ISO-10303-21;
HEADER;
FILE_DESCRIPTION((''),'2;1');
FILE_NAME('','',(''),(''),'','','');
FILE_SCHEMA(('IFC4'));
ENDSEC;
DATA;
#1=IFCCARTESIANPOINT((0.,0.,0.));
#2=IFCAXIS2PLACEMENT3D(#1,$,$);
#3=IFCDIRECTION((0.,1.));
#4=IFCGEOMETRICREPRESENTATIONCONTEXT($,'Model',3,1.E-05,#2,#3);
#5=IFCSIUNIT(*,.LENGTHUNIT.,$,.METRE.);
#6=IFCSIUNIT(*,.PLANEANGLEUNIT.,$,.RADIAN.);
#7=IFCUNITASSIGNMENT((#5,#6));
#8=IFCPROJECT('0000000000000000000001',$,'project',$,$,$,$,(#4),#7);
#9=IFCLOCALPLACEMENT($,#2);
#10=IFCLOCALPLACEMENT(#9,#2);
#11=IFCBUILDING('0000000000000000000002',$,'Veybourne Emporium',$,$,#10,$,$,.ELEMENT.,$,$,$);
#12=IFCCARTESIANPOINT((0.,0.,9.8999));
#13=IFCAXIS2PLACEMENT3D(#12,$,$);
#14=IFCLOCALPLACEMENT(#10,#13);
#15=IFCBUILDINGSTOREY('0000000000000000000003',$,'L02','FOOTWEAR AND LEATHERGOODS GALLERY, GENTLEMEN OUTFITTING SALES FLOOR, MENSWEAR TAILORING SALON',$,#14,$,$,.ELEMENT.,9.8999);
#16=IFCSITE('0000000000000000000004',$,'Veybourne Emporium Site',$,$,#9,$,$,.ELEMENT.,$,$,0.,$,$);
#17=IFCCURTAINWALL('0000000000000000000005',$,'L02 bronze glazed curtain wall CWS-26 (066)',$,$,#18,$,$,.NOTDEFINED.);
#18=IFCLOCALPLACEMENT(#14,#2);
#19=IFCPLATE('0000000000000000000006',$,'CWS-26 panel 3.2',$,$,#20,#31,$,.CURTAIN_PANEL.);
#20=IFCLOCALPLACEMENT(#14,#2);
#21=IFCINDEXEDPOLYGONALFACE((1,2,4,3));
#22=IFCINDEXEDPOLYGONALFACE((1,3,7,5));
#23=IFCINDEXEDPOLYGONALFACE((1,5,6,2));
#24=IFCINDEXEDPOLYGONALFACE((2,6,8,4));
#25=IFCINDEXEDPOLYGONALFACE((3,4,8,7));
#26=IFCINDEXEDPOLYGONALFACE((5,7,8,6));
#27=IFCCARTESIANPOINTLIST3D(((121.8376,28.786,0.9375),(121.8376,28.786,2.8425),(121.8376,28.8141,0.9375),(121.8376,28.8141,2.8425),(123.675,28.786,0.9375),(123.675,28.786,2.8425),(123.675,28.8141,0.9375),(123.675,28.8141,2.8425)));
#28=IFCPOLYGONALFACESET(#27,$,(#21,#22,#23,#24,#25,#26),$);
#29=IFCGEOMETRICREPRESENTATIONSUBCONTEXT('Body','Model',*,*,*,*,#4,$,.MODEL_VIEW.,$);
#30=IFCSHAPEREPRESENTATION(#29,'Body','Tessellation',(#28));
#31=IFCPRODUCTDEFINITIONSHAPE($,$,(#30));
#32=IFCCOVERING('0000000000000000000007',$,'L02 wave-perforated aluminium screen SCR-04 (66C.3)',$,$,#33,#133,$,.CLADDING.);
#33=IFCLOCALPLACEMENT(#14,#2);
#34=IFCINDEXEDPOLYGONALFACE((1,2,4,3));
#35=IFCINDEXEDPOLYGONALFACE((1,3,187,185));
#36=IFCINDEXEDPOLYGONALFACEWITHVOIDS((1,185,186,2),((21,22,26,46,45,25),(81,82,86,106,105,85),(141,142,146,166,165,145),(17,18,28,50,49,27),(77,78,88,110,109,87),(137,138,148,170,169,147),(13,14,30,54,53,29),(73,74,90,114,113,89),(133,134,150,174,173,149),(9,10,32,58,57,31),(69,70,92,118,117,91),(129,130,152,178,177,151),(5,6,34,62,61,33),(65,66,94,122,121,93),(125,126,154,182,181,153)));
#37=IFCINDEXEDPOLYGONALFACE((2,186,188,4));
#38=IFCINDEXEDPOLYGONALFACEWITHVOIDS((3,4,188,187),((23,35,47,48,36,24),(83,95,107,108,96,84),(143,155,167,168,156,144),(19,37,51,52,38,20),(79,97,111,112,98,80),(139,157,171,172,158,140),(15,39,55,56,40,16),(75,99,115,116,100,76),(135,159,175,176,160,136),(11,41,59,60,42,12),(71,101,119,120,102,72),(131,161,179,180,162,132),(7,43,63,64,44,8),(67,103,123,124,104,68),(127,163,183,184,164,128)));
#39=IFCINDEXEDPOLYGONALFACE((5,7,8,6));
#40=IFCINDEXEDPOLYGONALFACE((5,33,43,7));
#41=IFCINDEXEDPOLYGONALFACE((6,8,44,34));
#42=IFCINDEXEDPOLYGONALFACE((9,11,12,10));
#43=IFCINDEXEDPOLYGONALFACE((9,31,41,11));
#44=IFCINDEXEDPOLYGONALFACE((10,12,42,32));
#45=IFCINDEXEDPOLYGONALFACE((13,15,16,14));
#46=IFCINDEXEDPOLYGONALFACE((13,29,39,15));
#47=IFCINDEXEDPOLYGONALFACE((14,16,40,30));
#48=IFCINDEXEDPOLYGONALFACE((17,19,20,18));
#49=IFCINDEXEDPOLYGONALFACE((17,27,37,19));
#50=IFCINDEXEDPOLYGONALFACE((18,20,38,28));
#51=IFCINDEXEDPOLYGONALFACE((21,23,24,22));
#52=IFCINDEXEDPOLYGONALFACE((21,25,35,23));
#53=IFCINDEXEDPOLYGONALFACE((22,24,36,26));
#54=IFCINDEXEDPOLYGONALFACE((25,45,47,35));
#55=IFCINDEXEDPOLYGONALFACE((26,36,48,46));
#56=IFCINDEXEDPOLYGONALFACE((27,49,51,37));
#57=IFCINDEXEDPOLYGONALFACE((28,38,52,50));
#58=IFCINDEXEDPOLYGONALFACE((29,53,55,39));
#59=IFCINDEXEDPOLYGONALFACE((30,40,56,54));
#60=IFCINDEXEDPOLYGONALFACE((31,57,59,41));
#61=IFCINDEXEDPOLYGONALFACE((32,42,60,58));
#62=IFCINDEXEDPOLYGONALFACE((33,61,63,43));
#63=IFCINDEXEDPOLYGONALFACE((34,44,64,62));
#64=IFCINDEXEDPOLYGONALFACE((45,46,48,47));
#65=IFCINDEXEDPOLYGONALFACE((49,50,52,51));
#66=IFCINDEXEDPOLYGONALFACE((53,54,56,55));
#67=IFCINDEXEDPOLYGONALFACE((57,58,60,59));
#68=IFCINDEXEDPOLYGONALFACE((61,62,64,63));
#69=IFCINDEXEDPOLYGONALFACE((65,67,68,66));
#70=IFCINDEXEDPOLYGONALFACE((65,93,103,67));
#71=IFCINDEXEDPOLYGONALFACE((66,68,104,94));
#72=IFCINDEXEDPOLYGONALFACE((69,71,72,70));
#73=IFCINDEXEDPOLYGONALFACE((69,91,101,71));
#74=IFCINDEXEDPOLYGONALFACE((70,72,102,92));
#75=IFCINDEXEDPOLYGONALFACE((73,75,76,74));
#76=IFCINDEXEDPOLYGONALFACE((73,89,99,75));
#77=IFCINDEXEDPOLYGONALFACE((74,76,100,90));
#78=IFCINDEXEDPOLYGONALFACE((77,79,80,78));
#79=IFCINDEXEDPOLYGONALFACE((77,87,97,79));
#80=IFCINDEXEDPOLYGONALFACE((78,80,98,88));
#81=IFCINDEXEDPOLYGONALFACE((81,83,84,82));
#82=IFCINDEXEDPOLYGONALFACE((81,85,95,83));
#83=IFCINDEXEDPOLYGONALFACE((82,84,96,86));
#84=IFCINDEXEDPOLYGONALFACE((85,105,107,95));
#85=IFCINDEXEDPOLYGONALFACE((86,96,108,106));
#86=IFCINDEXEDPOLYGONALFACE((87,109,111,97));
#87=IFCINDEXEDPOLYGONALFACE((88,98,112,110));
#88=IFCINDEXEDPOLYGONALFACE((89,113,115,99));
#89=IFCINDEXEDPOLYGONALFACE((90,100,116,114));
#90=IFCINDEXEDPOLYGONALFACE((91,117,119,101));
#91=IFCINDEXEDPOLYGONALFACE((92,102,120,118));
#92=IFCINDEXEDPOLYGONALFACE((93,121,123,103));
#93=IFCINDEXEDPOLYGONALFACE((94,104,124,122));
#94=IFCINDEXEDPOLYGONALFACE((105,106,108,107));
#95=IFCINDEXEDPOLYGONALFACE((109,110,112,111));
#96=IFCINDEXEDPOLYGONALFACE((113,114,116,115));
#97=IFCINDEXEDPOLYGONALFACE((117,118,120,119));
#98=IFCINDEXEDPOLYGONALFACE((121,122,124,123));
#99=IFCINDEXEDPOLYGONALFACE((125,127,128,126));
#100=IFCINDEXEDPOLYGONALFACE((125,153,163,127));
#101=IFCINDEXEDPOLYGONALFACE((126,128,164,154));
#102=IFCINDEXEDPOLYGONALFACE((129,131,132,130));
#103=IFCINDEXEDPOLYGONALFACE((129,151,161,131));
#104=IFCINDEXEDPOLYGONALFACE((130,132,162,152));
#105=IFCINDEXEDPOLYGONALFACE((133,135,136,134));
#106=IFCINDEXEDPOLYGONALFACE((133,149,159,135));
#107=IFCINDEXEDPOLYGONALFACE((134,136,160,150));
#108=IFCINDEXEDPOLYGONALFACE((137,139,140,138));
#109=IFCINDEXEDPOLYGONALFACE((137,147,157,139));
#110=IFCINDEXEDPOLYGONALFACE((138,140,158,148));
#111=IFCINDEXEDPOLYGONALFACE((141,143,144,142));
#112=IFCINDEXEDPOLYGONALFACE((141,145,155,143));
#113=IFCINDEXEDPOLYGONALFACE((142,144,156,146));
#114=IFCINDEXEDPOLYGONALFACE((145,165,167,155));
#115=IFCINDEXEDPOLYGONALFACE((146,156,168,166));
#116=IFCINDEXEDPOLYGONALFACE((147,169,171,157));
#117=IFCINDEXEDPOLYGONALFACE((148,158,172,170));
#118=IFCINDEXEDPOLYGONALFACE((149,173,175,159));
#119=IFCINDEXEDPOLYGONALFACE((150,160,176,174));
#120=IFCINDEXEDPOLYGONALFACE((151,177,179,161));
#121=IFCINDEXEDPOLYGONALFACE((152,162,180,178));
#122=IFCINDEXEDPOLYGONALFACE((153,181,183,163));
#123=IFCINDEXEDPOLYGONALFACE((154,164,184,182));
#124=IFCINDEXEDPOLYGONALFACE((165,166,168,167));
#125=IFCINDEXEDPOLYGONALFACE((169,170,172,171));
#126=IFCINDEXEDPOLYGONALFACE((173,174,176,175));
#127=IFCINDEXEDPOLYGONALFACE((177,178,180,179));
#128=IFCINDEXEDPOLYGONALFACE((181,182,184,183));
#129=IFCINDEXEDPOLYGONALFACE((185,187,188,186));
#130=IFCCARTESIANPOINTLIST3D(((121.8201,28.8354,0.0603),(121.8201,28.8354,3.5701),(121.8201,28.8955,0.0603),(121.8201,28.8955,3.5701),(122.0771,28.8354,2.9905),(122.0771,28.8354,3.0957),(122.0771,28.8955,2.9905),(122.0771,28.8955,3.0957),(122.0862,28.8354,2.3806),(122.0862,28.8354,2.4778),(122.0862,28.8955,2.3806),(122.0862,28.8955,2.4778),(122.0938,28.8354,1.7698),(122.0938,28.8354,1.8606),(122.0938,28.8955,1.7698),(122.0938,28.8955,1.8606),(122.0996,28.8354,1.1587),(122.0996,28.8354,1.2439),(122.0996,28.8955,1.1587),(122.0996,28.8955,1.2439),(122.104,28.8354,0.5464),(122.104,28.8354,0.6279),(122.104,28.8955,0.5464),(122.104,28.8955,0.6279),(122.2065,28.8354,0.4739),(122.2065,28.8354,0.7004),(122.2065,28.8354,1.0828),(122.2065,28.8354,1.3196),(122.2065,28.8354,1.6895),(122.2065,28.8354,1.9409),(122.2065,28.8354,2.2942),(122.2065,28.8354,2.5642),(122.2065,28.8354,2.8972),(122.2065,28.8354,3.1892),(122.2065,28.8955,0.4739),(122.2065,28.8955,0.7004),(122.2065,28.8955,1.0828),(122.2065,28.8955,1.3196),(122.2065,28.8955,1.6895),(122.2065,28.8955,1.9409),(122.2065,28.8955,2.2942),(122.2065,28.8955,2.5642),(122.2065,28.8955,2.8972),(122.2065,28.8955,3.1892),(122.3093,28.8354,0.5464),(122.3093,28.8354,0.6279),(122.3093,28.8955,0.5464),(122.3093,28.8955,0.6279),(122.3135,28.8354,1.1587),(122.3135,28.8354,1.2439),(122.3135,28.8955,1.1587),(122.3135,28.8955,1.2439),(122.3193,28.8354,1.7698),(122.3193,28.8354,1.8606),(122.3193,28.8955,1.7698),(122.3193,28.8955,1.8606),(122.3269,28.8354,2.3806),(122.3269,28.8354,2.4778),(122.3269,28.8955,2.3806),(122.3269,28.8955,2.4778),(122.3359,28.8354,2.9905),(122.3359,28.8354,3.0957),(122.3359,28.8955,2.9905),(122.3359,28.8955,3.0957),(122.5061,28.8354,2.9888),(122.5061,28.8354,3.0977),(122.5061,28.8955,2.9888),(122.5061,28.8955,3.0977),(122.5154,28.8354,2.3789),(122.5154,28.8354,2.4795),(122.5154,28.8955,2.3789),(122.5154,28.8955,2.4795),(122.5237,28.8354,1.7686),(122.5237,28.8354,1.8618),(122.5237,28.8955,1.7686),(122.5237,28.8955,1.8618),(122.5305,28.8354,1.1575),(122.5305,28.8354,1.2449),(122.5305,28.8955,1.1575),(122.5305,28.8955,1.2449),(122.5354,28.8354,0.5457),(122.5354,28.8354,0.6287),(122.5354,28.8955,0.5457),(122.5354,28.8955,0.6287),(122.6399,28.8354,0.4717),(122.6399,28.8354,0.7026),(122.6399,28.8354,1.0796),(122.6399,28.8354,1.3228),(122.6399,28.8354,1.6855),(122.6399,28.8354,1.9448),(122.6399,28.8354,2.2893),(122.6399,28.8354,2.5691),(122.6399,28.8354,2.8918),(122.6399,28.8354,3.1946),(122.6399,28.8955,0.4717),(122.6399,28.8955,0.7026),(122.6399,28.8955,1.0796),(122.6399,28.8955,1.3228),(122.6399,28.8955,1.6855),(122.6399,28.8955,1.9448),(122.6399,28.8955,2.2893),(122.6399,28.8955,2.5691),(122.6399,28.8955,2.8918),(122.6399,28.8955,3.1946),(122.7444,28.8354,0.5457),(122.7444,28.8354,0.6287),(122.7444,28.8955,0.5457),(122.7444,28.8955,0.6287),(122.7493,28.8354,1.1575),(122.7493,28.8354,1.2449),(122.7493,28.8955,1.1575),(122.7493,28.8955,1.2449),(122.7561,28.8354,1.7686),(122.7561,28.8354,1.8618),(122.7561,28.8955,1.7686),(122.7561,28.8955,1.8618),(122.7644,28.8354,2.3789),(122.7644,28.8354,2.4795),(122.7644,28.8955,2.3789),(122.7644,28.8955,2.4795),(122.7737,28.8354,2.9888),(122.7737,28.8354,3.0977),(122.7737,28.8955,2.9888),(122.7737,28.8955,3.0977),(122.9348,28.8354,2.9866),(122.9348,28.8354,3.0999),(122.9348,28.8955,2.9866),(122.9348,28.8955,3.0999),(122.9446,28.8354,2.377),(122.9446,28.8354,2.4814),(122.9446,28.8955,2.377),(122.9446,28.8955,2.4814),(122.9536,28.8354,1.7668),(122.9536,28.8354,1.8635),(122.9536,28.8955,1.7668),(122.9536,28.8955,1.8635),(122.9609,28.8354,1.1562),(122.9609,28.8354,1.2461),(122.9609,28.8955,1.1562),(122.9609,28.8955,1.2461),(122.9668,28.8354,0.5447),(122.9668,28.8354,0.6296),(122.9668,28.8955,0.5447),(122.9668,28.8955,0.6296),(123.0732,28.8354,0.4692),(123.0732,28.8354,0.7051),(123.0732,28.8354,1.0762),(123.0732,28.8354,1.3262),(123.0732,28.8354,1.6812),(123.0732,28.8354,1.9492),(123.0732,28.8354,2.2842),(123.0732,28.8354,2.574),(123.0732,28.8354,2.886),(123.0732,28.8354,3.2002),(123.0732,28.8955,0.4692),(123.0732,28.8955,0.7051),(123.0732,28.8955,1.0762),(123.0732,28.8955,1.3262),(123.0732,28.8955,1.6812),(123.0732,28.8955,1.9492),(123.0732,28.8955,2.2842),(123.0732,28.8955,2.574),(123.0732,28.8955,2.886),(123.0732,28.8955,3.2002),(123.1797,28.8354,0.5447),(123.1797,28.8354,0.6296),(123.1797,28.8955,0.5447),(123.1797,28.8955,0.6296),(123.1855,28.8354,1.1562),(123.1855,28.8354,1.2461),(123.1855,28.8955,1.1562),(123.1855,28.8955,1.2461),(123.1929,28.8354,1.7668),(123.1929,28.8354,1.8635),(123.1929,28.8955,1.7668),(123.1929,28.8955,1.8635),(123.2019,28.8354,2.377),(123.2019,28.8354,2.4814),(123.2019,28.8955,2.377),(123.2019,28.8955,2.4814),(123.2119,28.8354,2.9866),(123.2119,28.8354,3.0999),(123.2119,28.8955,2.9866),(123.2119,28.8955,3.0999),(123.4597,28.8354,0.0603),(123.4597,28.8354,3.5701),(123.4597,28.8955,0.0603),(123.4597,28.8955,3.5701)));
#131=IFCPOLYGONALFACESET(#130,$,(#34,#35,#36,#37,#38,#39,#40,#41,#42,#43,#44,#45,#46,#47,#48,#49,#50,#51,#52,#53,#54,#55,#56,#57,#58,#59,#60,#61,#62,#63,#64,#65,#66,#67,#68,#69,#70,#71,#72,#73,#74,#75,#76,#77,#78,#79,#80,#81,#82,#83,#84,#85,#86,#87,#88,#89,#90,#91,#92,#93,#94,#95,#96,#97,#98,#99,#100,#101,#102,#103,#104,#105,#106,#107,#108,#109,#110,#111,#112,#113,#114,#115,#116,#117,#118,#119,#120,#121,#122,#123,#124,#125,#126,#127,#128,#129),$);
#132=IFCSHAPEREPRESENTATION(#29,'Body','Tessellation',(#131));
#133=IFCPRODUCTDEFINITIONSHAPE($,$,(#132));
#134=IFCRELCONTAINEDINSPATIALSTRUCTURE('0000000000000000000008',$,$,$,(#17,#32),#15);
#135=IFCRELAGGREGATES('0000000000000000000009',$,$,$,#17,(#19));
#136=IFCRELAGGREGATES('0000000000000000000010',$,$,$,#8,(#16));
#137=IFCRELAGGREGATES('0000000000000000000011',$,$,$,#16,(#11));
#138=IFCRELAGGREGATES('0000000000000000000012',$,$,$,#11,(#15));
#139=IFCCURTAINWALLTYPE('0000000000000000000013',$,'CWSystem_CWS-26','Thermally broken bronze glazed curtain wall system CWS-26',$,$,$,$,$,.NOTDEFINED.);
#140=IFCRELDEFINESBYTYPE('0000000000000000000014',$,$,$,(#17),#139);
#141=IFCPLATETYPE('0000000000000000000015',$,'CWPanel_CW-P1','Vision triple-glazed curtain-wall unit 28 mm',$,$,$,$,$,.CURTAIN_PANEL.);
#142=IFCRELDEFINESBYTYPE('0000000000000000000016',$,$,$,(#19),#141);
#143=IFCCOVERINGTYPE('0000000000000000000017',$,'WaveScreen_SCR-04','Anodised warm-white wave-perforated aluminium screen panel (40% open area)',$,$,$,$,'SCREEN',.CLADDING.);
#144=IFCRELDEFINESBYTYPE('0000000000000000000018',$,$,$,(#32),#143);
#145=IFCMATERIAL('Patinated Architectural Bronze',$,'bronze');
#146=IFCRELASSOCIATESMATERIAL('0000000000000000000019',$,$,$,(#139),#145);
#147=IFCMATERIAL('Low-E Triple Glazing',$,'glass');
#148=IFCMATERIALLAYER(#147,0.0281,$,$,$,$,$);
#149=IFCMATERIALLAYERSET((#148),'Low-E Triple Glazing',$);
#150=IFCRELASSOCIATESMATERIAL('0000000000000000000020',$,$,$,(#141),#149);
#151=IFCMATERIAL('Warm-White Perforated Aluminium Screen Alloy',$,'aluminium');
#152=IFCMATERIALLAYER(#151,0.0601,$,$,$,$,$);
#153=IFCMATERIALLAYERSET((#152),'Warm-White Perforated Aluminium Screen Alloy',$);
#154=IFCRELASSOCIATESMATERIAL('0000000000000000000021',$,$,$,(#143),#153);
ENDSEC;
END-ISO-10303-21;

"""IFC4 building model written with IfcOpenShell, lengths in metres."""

from ifc_helpers import new_model, si_unit, direction, frame, origin, origin_2d, place, context, subcontext, project, spatial, polyline, rectangle, outline, extrude, material, layer, layer_set, type_object, element, aggregate, save


model = new_model("IFC4")

# Units and contexts
model_context = context("Model", 3, precision=1e-05, world=origin(), true_north=direction((0.0, 1.0)))
body_context = subcontext(model_context, "Body", "Model", "MODEL_VIEW")
ifc_project = project(units=[si_unit("LENGTHUNIT", "METRE"), si_unit("PLANEANGLEUNIT", "RADIAN")], contexts=[model_context])

# Site, building, storey
site_placement = place(None, origin())
site = spatial("IfcSite", under=ifc_project, at=site_placement, Name="Veybourne Emporium Site", CompositionType="ELEMENT", RefElevation=0.0)
building_placement = place(site_placement, origin())
building = spatial("IfcBuilding", under=site, at=building_placement, Name="Veybourne Emporium", CompositionType="ELEMENT")
storey_placement = place(building_placement, frame((0.0, 0.0, 9.8999)))
storey = spatial("IfcBuildingStorey", under=building, at=storey_placement, Name="L02", Description="FOOTWEAR AND LEATHERGOODS GALLERY, GENTLEMEN OUTFITTING SALES FLOOR, MENSWEAR TAILORING SALON", CompositionType="ELEMENT", Elevation=9.8999)

# Curtain wall, plate
ifc_material_1 = material(Name="Patinated Architectural Bronze", Category="bronze")
curtain_wall_type = type_object("IfcCurtainWallType", Name="CWSystem_CWS-26", Description="Thermally broken bronze glazed curtain wall system CWS-26", PredefinedType="NOTDEFINED", material=ifc_material_1)
curtain_wall_placement = place(storey_placement, origin())
curtain_wall = element("IfcCurtainWall", 1, at=curtain_wall_placement, inside=storey, type_object=curtain_wall_type, Name="L02 bronze glazed curtain wall CWS-26 (066)", PredefinedType="NOTDEFINED")
ifc_material_2 = material(Name="Low-E Triple Glazing", Category="glass")
ifc_layer_1 = layer(ifc_material_2, 0.0281)
ifc_layer_set_1 = layer_set([ifc_layer_1], Name="Low-E Triple Glazing")
plate_type = type_object("IfcPlateType", Name="CWPanel_CW-P1", Description="Vision triple-glazed curtain-wall unit 28 mm", PredefinedType="CURTAIN_PANEL", material=ifc_layer_set_1)
plate_1_placement = place(storey_placement, frame((122.7563, 28.8, 0.9375), z_axis=(0.0, 0.0, 1.0), x_axis=(1.0, 0.0, 0.0)))
plate_1 = element("IfcPlate", 2, at=plate_1_placement, type_object=plate_type, Name="CWS-26 panel 3.2", PredefinedType="CURTAIN_PANEL", context=body_context, shape_type="SweptSolid", body=[
    extrude(rectangle(XDim=1.8374, YDim=0.0281, at=origin_2d()), origin(), (0.0, 0.0, 1.0), 1.905),
])
aggregate(curtain_wall, [plate_1])

# Covering
ifc_material_3 = material(Name="Warm-White Perforated Aluminium Screen Alloy", Category="aluminium")
ifc_layer_2 = layer(ifc_material_3, 0.0601)
ifc_layer_set_2 = layer_set([ifc_layer_2], Name="Warm-White Perforated Aluminium Screen Alloy")
covering_type_1 = type_object("IfcCoveringType", Name="WaveScreen_SCR-04", Description="Anodised warm-white wave-perforated aluminium screen panel (40% open area)", ElementType="SCREEN", PredefinedType="CLADDING", material=ifc_layer_set_2)
covering_1_placement = place(storey_placement, frame((122.6399, 28.8955, 1.8152), z_axis=(0.0, -1.0, 0.0), x_axis=(1.0, 0.0, 0.0)))
element("IfcCovering", 3, at=covering_1_placement, inside=storey, type_object=covering_type_1, Name="L02 wave-perforated aluminium screen SCR-04 (66C.3)", PredefinedType="CLADDING", context=body_context, shape_type="SweptSolid", body=[
    extrude(outline(polyline([(-0.8198, -1.7549), (0.8198, -1.7549), (0.8198, 1.7549), (-0.8198, 1.7549), (-0.8198, -1.7549)]), holes=[polyline([(-0.4333, -1.1147), (-0.3306, -1.1873), (-0.3306, -1.2688), (-0.4333, -1.3413), (-0.5359, -1.2688), (-0.5359, -1.1873), (-0.4333, -1.1147)]), polyline([(-0.4333, -0.4956), (-0.3264, -0.5713), (-0.3264, -0.6565), (-0.4333, -0.7324), (-0.5403, -0.6565), (-0.5403, -0.5713), (-0.4333, -0.4956)]), polyline([(-0.4333, 0.1257), (-0.3206, 0.0454), (-0.3206, -0.0454), (-0.4333, -0.1257), (-0.5461, -0.0454), (-0.5461, 0.0454), (-0.4333, 0.1257)]), polyline([(-0.4333, 0.749), (-0.313, 0.6626), (-0.313, 0.5654), (-0.4333, 0.479), (-0.5537, 0.5654), (-0.5537, 0.6626), (-0.4333, 0.749)]), polyline([(-0.4333, 1.374), (-0.304, 1.2805), (-0.304, 1.1753), (-0.4333, 1.082), (-0.5627, 1.1753), (-0.5627, 1.2805), (-0.4333, 1.374)]), polyline([(0.0, -1.1125), (0.1045, -1.1865), (0.1045, -1.2695), (0.0, -1.3435), (-0.1045, -1.2695), (-0.1045, -1.1865), (0.0, -1.1125)]), polyline([(0.0, -0.4924), (0.1094, -0.5703), (0.1094, -0.6577), (0.0, -0.7356), (-0.1094, -0.6577), (-0.1094, -0.5703), (0.0, -0.4924)]), polyline([(0.0, 0.1296), (0.1162, 0.0466), (0.1162, -0.0466), (0.0, -0.1296), (-0.1162, -0.0466), (-0.1162, 0.0466), (0.0, 0.1296)]), polyline([(0.0, 0.7539), (0.1245, 0.6643), (0.1245, 0.5637), (0.0, 0.4741), (-0.1245, 0.5637), (-0.1245, 0.6643), (0.0, 0.7539)]), polyline([(0.0, 1.3794), (0.1338, 1.2825), (0.1338, 1.1736), (0.0, 1.0767), (-0.1338, 1.1736), (-0.1338, 1.2825), (0.0, 1.3794)]), polyline([(0.4333, -1.1101), (0.5398, -1.1855), (0.5398, -1.2705), (0.4333, -1.3459), (0.3269, -1.2705), (0.3269, -1.1855), (0.4333, -1.1101)]), polyline([(0.4333, -0.489), (0.5457, -0.5691), (0.5457, -0.6589), (0.4333, -0.739), (0.321, -0.6589), (0.321, -0.5691), (0.4333, -0.489)]), polyline([(0.4333, 0.134), (0.553, 0.0483), (0.553, -0.0483), (0.4333, -0.134), (0.3137, -0.0483), (0.3137, 0.0483), (0.4333, 0.134)]), polyline([(0.4333, 0.7588), (0.562, 0.6663), (0.562, 0.5618), (0.4333, 0.469), (0.3047, 0.5618), (0.3047, 0.6663), (0.4333, 0.7588)]), polyline([(0.4333, 1.385), (0.572, 1.2847), (0.572, 1.1714), (0.4333, 1.0708), (0.2949, 1.1714), (0.2949, 1.2847), (0.4333, 1.385)])]), origin(), (0.0, 0.0, 1.0), 0.0601),
])

save(model, "model.ifc")
